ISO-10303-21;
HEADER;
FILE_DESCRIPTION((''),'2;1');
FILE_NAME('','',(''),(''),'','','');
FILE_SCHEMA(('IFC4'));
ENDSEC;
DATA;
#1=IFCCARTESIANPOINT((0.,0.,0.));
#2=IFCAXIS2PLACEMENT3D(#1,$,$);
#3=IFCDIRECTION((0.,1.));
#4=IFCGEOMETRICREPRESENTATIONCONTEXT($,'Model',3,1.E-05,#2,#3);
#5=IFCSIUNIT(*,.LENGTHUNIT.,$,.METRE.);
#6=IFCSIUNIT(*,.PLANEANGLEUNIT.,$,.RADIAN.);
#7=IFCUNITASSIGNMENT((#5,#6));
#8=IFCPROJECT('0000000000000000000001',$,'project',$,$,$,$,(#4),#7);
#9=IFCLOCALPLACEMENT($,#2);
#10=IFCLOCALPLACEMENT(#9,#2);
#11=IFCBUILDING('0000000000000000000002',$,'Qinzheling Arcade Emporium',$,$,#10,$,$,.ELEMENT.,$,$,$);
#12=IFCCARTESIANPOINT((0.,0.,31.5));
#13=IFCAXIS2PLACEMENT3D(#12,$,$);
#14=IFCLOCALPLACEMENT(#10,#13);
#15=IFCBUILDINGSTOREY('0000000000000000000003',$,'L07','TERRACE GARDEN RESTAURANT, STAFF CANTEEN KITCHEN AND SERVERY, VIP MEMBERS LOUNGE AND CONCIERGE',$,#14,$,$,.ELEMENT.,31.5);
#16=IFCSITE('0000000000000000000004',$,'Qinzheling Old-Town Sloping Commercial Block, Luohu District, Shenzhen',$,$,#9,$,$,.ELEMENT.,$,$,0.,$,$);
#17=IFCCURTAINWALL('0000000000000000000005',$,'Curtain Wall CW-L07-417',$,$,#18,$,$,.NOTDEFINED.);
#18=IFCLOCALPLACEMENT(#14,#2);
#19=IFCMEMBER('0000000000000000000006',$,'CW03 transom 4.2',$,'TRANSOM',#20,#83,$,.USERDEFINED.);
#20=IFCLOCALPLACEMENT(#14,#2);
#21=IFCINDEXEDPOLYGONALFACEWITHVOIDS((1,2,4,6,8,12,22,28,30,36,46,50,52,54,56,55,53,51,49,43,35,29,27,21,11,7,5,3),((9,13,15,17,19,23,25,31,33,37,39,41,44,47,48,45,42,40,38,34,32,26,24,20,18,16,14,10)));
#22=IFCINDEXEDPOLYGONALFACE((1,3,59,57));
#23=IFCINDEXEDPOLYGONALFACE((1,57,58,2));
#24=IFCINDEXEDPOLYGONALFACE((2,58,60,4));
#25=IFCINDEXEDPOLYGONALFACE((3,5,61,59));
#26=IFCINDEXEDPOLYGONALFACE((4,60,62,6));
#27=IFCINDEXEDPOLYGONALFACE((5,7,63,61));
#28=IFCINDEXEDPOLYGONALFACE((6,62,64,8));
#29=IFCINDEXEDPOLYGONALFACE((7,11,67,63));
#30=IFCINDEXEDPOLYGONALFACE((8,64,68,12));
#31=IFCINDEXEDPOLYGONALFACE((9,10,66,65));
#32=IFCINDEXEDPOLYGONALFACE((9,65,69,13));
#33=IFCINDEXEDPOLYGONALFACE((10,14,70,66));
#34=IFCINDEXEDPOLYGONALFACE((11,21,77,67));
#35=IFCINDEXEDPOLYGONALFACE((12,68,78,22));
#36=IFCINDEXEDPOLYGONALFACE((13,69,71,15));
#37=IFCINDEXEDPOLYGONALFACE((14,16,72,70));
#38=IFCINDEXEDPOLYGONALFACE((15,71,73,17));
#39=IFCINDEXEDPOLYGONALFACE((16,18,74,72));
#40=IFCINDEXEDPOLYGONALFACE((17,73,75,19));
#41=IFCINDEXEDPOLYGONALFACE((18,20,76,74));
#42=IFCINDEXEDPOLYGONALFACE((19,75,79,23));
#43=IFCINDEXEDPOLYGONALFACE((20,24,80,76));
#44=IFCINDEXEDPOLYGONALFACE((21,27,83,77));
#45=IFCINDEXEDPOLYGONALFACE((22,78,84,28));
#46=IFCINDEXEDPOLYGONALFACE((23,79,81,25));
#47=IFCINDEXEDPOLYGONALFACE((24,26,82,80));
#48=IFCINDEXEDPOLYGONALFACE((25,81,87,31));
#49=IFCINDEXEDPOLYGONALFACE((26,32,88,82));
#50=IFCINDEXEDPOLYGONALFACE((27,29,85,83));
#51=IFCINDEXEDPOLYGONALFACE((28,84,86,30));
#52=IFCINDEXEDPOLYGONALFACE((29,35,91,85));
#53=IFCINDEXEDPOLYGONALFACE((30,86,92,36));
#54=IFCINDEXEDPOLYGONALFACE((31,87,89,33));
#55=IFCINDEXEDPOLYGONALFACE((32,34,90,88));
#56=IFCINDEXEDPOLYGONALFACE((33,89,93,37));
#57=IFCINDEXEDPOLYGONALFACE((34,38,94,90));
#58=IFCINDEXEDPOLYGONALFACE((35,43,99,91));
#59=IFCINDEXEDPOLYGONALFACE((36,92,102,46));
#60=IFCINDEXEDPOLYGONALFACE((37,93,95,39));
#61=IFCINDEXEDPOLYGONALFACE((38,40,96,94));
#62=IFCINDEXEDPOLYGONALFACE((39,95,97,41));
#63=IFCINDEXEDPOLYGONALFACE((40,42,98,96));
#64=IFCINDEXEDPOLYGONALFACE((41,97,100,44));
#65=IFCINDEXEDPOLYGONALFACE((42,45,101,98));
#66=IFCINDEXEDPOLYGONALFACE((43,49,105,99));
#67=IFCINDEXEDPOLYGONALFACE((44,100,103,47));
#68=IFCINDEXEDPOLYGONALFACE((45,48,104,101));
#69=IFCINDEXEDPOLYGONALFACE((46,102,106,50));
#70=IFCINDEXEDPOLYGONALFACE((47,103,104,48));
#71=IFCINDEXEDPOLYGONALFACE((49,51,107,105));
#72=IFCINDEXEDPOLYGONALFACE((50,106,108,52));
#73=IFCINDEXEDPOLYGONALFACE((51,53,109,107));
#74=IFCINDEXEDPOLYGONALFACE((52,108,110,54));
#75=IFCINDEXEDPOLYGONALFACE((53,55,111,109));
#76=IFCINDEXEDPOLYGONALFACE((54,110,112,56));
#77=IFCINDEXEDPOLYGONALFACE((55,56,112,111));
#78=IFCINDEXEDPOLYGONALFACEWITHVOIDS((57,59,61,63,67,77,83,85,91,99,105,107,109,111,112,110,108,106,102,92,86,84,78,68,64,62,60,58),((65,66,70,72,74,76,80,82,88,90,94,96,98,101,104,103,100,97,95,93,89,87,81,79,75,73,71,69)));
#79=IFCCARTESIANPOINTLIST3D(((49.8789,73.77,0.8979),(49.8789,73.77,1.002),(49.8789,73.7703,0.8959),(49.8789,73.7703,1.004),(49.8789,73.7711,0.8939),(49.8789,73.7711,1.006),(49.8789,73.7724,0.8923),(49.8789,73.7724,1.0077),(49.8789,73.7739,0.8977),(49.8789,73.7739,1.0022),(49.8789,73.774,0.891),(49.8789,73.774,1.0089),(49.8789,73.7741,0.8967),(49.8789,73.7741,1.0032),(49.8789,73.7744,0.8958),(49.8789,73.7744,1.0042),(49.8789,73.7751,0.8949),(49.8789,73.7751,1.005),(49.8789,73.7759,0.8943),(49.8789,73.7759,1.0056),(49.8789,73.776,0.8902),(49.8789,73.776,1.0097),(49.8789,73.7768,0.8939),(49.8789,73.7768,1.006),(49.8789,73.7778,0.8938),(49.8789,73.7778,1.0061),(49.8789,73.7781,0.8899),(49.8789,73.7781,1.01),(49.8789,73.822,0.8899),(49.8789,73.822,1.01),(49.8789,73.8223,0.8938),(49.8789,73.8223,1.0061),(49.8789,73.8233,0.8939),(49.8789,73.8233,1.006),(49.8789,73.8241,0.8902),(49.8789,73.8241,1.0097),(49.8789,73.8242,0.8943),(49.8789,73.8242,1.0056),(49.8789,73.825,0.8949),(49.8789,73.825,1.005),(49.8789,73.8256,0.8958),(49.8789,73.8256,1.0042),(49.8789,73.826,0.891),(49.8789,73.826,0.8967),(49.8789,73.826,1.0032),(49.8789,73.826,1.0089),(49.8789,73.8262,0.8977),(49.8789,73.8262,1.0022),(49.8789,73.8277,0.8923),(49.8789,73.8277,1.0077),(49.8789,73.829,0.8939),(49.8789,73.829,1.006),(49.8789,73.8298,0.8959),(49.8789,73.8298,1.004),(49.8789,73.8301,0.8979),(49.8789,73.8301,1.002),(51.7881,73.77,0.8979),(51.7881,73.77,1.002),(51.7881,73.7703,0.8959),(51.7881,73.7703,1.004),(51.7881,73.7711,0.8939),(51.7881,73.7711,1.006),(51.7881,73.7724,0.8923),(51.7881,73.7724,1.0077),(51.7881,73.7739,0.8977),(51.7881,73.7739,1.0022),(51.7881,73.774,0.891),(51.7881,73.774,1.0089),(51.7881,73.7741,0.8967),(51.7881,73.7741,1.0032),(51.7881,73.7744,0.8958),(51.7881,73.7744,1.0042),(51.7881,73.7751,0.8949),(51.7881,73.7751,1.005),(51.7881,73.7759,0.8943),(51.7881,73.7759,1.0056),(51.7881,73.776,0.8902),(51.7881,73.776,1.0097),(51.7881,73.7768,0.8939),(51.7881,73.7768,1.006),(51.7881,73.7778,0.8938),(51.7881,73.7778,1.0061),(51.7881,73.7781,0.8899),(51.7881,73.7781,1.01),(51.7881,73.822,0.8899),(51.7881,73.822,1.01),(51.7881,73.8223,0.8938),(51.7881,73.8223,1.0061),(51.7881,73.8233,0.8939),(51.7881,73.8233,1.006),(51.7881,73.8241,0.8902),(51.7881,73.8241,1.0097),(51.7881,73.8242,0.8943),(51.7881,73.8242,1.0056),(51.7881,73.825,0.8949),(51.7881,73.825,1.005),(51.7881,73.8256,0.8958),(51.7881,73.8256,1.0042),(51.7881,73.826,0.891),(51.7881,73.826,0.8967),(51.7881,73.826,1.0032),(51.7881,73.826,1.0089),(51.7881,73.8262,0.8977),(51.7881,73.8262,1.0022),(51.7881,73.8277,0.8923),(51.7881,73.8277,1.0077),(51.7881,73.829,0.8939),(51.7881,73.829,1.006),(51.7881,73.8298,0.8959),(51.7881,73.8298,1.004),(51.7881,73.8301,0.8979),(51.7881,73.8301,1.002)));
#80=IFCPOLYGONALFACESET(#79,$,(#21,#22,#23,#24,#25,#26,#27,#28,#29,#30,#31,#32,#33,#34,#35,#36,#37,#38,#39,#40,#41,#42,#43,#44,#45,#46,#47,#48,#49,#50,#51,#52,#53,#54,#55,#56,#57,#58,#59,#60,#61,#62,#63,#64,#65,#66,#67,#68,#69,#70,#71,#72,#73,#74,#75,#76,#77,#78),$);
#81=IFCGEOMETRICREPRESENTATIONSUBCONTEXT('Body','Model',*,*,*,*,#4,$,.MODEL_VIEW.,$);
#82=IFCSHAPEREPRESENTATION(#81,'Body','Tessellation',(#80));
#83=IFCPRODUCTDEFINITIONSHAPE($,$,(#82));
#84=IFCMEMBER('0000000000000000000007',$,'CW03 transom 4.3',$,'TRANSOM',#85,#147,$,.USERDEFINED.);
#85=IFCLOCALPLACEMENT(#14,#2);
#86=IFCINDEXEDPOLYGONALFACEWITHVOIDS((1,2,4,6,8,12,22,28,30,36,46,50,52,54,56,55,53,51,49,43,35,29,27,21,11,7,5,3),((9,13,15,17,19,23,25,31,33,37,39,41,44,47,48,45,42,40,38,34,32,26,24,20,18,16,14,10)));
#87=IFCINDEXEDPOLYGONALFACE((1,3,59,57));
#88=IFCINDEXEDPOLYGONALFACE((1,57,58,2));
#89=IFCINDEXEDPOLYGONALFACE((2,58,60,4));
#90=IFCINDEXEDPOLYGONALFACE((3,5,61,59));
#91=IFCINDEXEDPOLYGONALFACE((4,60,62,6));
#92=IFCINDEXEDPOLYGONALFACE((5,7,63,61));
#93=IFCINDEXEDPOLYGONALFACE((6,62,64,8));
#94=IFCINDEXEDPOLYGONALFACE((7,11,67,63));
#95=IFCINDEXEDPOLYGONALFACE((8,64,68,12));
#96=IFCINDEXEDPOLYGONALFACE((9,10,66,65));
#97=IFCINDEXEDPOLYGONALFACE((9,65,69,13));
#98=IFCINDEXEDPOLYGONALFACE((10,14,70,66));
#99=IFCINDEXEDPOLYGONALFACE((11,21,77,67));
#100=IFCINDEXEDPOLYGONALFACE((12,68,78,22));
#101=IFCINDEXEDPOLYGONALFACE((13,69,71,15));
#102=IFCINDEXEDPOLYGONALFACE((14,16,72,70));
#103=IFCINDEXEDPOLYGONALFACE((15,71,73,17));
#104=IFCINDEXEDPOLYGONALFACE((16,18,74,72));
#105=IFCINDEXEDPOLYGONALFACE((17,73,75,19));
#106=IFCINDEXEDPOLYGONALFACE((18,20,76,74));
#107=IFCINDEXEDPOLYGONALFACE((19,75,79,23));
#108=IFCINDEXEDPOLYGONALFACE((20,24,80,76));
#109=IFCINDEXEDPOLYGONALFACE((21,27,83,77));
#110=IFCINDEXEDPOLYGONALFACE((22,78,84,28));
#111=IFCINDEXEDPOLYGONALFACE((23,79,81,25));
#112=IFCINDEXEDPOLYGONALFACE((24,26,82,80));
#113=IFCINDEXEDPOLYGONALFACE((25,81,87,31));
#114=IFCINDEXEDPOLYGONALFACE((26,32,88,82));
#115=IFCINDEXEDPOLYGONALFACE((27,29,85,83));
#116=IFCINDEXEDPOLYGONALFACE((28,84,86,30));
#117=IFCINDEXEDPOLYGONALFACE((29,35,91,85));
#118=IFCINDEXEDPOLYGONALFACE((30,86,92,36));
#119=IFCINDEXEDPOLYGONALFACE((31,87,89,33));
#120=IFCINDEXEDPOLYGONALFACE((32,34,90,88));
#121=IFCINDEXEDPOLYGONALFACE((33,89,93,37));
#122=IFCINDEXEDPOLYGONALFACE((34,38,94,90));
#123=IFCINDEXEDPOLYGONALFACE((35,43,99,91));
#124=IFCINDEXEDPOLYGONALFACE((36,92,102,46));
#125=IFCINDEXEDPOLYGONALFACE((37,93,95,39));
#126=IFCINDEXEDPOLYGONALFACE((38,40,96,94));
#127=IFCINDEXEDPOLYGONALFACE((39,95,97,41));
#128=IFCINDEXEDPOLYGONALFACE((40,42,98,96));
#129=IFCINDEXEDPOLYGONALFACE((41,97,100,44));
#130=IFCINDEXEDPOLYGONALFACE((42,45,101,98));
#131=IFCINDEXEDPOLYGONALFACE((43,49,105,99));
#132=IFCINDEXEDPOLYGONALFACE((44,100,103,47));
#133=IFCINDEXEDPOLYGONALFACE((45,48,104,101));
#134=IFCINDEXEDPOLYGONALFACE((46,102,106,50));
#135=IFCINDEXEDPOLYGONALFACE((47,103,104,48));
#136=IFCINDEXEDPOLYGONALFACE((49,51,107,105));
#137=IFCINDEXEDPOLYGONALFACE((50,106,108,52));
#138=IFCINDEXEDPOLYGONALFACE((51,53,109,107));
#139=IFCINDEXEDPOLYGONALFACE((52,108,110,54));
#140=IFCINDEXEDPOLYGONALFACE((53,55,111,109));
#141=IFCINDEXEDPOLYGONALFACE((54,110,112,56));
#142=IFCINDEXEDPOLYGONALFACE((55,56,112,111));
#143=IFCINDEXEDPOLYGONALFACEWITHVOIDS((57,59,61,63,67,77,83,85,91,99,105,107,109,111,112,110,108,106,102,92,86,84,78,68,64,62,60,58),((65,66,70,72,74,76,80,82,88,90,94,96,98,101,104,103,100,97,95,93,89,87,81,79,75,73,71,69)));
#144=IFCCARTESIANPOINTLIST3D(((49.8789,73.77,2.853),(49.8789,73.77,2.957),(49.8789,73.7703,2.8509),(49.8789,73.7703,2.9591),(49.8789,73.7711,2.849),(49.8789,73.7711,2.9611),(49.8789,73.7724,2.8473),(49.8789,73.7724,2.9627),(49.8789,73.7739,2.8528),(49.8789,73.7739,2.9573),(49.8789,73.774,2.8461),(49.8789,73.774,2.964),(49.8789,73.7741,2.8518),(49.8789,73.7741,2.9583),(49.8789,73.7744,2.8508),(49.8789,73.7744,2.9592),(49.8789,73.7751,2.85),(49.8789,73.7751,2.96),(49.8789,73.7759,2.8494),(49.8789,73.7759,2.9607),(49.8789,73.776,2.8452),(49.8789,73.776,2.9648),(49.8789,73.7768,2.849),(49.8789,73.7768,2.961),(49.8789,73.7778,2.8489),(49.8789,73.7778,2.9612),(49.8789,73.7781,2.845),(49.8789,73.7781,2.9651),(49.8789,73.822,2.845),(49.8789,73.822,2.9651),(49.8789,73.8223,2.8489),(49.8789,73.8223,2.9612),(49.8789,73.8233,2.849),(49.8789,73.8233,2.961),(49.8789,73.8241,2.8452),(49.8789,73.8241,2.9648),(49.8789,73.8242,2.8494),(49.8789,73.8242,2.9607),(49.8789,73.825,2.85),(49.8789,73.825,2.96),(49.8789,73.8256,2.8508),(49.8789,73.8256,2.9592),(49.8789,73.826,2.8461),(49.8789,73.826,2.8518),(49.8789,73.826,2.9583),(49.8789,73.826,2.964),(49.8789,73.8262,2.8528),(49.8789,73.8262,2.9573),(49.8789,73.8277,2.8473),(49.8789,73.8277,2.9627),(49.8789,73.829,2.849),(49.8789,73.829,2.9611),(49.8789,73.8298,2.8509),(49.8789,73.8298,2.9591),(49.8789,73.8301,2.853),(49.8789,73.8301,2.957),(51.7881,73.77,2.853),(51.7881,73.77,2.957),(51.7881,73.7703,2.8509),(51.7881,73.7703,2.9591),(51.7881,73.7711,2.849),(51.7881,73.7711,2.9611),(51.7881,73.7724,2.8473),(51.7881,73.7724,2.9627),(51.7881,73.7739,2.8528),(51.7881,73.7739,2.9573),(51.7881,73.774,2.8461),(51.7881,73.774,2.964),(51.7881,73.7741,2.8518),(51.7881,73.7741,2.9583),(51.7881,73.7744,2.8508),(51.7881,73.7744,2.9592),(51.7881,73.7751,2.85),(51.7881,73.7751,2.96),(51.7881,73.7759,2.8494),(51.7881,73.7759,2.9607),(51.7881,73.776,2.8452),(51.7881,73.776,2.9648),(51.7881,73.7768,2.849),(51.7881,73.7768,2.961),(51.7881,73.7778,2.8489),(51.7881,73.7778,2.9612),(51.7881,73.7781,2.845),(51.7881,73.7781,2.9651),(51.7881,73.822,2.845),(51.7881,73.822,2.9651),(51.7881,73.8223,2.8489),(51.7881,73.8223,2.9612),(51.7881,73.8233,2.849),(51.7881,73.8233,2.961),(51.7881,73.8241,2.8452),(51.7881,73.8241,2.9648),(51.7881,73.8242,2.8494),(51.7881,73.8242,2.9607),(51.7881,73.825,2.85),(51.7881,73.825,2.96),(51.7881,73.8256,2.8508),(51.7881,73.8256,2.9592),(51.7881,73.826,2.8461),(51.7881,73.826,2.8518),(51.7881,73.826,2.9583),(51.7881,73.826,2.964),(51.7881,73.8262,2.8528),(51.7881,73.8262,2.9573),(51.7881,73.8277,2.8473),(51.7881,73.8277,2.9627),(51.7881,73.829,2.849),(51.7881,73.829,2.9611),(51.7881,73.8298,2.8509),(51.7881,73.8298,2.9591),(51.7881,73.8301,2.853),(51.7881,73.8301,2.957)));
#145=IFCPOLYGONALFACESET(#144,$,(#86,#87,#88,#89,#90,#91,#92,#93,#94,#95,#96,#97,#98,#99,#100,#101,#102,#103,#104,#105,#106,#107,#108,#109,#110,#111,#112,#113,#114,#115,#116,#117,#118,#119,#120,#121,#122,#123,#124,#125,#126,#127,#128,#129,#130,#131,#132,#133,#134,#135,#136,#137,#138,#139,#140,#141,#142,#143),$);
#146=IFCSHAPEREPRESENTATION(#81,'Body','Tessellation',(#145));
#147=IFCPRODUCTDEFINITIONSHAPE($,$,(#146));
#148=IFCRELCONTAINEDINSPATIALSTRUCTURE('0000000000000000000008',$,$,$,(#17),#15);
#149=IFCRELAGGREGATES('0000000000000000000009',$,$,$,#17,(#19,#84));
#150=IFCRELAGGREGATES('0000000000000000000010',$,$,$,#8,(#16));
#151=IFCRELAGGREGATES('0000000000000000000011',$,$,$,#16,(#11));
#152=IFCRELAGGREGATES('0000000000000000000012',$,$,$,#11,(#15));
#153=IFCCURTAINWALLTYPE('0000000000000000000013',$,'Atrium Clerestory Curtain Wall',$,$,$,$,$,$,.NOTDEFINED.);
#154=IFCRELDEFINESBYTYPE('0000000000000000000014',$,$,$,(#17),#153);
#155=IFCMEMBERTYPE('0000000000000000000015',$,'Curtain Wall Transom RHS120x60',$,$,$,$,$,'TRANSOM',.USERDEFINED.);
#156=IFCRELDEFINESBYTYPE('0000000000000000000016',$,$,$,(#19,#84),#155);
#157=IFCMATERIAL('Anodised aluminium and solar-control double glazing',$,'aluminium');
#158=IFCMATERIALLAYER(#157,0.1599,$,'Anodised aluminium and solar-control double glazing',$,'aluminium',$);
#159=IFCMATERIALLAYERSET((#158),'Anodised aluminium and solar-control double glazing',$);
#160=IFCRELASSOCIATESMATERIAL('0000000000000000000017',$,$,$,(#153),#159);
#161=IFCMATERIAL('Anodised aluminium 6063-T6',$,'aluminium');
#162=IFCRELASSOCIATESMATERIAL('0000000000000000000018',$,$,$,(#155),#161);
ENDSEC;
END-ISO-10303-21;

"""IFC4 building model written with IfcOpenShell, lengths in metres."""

from ifc_helpers import new_model, si_unit, direction, frame, origin, origin_2d, place, context, subcontext, project, spatial, hollow_rectangle, extrude, material, layer, layer_set, material_profile, profile_set, type_object, element, aggregate, save


model = new_model("IFC4")

# Units and contexts
model_context = context("Model", 3, precision=1e-05, world=origin(), true_north=direction((0.0, 1.0)))
body_context = subcontext(model_context, "Body", "Model", "MODEL_VIEW")
ifc_project = project(units=[si_unit("LENGTHUNIT", "METRE"), si_unit("PLANEANGLEUNIT", "RADIAN")], contexts=[model_context])

# Site, building, storey
site_placement = place(None, origin())
site = spatial("IfcSite", under=ifc_project, at=site_placement, Name="Qinzheling Old-Town Sloping Commercial Block, Luohu District, Shenzhen", CompositionType="ELEMENT", RefElevation=0.0)
building_placement = place(site_placement, origin())
building = spatial("IfcBuilding", under=site, at=building_placement, Name="Qinzheling Arcade Emporium", CompositionType="ELEMENT")
storey_placement = place(building_placement, frame((0.0, 0.0, 31.5)))
storey = spatial("IfcBuildingStorey", under=building, at=storey_placement, Name="L07", Description="TERRACE GARDEN RESTAURANT, STAFF CANTEEN KITCHEN AND SERVERY, VIP MEMBERS LOUNGE AND CONCIERGE", CompositionType="ELEMENT", Elevation=31.5)

# Curtain wall, members
ifc_material_1 = material(Name="Anodised aluminium and solar-control double glazing", Category="aluminium")
ifc_layer_1 = layer(ifc_material_1, 0.1599, Name="Anodised aluminium and solar-control double glazing", Category="aluminium")
ifc_layer_set_1 = layer_set([ifc_layer_1], Name="Anodised aluminium and solar-control double glazing")
curtain_wall_type = type_object("IfcCurtainWallType", Name="Atrium Clerestory Curtain Wall", PredefinedType="NOTDEFINED", material=ifc_layer_set_1)
curtain_wall_placement = place(storey_placement, origin())
curtain_wall = element("IfcCurtainWall", 1, at=curtain_wall_placement, inside=storey, type_object=curtain_wall_type, Name="Curtain Wall CW-L07-417", PredefinedType="NOTDEFINED")
ifc_material_2 = material(Name="Anodised aluminium 6063-T6", Category="aluminium")
ifc_material_profile_1 = material_profile(ifc_material_2, hollow_rectangle(XDim=0.0601, YDim=0.1201, WallThickness=0.0039, InnerFilletRadius=0.0039, OuterFilletRadius=0.0081, at=origin_2d()), Name="RHS 120x60x4", Category="aluminium")
ifc_profile_set_1 = profile_set([ifc_material_profile_1], Name="Anodised aluminium 6063-T6")
member_type_1 = type_object("IfcMemberType", Name="Curtain Wall Transom RHS120x60", ElementType="TRANSOM", PredefinedType="USERDEFINED", material=ifc_profile_set_1)
member_1_placement = place(storey_placement, frame((49.8789, 73.8, 0.95), z_axis=(1.0, 0.0, 0.0), x_axis=(0.0, 1.0, 0.0)))
member_1 = element("IfcMember", 2, at=member_1_placement, type_object=member_type_1, Name="CW03 transom 4.2", ObjectType="TRANSOM", PredefinedType="USERDEFINED", context=body_context, shape_type="SweptSolid", body=[
    extrude(hollow_rectangle(XDim=0.0601, YDim=0.1201, WallThickness=0.0039, InnerFilletRadius=0.0039, OuterFilletRadius=0.0081, at=origin_2d()), origin(), (0.0, 0.0, 1.0), 1.9092),
])
member_2_placement = place(storey_placement, frame((49.8789, 73.8, 2.905), z_axis=(1.0, 0.0, 0.0), x_axis=(0.0, 1.0, 0.0)))
member_2 = element("IfcMember", 3, at=member_2_placement, type_object=member_type_1, Name="CW03 transom 4.3", ObjectType="TRANSOM", PredefinedType="USERDEFINED", context=body_context, shape_type="SweptSolid", body=[
    extrude(hollow_rectangle(XDim=0.0601, YDim=0.1201, WallThickness=0.0039, InnerFilletRadius=0.0039, OuterFilletRadius=0.0081, at=origin_2d()), origin(), (0.0, 0.0, 1.0), 1.9092),
])
aggregate(curtain_wall, [member_1, member_2])

save(model, "model.ifc")
